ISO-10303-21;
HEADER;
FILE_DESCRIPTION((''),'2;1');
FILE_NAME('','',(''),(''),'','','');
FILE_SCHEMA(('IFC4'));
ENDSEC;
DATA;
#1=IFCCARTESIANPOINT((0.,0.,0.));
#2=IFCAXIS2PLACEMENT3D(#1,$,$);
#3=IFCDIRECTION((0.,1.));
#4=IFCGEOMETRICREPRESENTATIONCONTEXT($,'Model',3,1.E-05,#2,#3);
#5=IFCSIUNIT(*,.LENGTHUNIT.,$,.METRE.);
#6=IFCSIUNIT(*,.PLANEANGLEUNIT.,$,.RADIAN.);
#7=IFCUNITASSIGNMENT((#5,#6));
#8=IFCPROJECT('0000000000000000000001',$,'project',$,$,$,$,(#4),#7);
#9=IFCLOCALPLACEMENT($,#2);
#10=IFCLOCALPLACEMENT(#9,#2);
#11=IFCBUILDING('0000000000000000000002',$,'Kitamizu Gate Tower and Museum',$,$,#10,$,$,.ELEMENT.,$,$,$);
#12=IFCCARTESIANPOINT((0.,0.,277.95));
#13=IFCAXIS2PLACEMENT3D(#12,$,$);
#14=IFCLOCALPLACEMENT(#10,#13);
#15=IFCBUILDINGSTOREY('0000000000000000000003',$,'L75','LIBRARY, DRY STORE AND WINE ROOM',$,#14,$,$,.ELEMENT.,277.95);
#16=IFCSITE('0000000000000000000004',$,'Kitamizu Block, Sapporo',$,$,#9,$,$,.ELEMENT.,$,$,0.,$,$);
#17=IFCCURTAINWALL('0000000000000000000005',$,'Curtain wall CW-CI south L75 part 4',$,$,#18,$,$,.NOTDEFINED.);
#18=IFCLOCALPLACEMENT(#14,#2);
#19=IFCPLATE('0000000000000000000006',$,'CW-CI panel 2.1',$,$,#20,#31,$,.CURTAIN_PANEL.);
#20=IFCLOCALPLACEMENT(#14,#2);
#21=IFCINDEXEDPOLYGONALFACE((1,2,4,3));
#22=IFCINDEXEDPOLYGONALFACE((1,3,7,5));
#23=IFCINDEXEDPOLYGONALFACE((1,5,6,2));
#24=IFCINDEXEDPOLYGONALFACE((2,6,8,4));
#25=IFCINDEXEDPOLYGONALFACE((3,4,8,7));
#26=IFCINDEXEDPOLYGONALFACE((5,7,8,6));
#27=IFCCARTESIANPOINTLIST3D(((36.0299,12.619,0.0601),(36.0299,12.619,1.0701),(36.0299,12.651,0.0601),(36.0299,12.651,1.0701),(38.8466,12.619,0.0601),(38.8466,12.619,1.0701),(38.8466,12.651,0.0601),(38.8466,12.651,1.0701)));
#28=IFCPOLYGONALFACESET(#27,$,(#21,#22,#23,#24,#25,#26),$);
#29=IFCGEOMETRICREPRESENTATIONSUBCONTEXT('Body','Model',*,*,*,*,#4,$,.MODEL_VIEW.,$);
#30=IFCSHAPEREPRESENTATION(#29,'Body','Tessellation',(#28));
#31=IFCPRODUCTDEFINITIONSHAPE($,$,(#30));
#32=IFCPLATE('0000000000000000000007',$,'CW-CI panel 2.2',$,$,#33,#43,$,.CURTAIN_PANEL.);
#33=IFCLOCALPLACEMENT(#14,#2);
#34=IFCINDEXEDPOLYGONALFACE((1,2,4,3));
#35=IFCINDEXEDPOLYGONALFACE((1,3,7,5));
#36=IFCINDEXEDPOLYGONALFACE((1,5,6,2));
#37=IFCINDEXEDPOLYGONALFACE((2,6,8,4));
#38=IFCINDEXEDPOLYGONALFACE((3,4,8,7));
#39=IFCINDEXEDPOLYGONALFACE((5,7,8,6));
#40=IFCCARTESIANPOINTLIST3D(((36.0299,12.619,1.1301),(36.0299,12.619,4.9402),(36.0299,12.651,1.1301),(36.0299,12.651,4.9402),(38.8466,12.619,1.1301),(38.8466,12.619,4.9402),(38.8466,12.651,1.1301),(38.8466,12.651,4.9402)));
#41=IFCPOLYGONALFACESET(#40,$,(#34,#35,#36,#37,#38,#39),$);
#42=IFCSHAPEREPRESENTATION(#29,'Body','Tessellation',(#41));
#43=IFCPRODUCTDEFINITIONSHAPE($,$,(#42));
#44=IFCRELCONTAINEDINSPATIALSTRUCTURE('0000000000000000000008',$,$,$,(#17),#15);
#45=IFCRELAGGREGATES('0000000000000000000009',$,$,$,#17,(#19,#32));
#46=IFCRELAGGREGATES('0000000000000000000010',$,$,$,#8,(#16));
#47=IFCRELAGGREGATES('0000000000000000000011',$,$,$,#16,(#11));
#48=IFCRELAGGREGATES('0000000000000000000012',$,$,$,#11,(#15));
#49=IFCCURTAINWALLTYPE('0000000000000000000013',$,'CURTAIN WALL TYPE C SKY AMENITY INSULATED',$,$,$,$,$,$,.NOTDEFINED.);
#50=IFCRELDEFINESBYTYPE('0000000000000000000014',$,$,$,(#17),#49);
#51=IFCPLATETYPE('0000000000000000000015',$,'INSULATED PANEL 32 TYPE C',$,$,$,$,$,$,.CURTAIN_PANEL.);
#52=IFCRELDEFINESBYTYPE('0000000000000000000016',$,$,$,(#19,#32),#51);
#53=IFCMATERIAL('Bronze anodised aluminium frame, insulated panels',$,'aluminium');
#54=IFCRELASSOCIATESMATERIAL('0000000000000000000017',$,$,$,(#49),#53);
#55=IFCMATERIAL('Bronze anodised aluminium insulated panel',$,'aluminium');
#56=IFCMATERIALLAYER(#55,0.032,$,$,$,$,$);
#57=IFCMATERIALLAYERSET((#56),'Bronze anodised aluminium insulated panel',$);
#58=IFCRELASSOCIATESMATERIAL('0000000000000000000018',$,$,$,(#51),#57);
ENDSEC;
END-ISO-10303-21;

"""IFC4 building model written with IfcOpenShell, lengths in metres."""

from ifc_helpers import new_model, si_unit, direction, frame, origin, origin_2d, place, context, subcontext, project, spatial, rectangle, extrude, material, layer, layer_set, type_object, element, aggregate, save


model = new_model("IFC4")

# Units and contexts
model_context = context("Model", 3, precision=1e-05, world=origin(), true_north=direction((0.0, 1.0)))
body_context = subcontext(model_context, "Body", "Model", "MODEL_VIEW")
ifc_project = project(units=[si_unit("LENGTHUNIT", "METRE"), si_unit("PLANEANGLEUNIT", "RADIAN")], contexts=[model_context])

# Site, building, storey
site_placement = place(None, origin())
site = spatial("IfcSite", under=ifc_project, at=site_placement, Name="Kitamizu Block, Sapporo", CompositionType="ELEMENT", RefElevation=0.0)
building_placement = place(site_placement, origin())
building = spatial("IfcBuilding", under=site, at=building_placement, Name="Kitamizu Gate Tower and Museum", CompositionType="ELEMENT")
storey_placement = place(building_placement, frame((0.0, 0.0, 277.95)))
storey = spatial("IfcBuildingStorey", under=building, at=storey_placement, Name="L75", Description="LIBRARY, DRY STORE AND WINE ROOM", CompositionType="ELEMENT", Elevation=277.95)

# Curtain wall
ifc_material_1 = material(Name="Bronze anodised aluminium frame, insulated panels", Category="aluminium")
curtain_wall_type_1 = type_object("IfcCurtainWallType", Name="CURTAIN WALL TYPE C SKY AMENITY INSULATED", PredefinedType="NOTDEFINED", material=ifc_material_1)
curtain_wall_1_placement = place(storey_placement, origin())
curtain_wall_1 = element("IfcCurtainWall", 1, at=curtain_wall_1_placement, inside=storey, type_object=curtain_wall_type_1, Name="Curtain wall CW-CI south L75 part 4", PredefinedType="NOTDEFINED")

# Plates
ifc_material_2 = material(Name="Bronze anodised aluminium insulated panel", Category="aluminium")
ifc_layer_1 = layer(ifc_material_2, 0.032)
ifc_layer_set_1 = layer_set([ifc_layer_1], Name="Bronze anodised aluminium insulated panel")
plate_type_1 = type_object("IfcPlateType", Name="INSULATED PANEL 32 TYPE C", PredefinedType="CURTAIN_PANEL", material=ifc_layer_set_1)
plate_1_placement = place(storey_placement, frame((37.4382, 12.635, 0.0601), z_axis=(0.0, 0.0, 1.0), x_axis=(1.0, 0.0, 0.0)))
plate_1 = element("IfcPlate", 2, at=plate_1_placement, type_object=plate_type_1, Name="CW-CI panel 2.1", PredefinedType="CURTAIN_PANEL", context=body_context, shape_type="SweptSolid", body=[
    extrude(rectangle(XDim=2.8167, YDim=0.032, at=origin_2d()), origin(), (0.0, 0.0, 1.0), 1.01),
])
plate_2_placement = place(storey_placement, frame((37.4382, 12.635, 1.1301), z_axis=(0.0, 0.0, 1.0), x_axis=(1.0, 0.0, 0.0)))
plate_2 = element("IfcPlate", 3, at=plate_2_placement, type_object=plate_type_1, Name="CW-CI panel 2.2", PredefinedType="CURTAIN_PANEL", context=body_context, shape_type="SweptSolid", body=[
    extrude(rectangle(XDim=2.8167, YDim=0.032, at=origin_2d()), origin(), (0.0, 0.0, 1.0), 3.8101),
])
aggregate(curtain_wall_1, [plate_1, plate_2])

save(model, "model.ifc")
